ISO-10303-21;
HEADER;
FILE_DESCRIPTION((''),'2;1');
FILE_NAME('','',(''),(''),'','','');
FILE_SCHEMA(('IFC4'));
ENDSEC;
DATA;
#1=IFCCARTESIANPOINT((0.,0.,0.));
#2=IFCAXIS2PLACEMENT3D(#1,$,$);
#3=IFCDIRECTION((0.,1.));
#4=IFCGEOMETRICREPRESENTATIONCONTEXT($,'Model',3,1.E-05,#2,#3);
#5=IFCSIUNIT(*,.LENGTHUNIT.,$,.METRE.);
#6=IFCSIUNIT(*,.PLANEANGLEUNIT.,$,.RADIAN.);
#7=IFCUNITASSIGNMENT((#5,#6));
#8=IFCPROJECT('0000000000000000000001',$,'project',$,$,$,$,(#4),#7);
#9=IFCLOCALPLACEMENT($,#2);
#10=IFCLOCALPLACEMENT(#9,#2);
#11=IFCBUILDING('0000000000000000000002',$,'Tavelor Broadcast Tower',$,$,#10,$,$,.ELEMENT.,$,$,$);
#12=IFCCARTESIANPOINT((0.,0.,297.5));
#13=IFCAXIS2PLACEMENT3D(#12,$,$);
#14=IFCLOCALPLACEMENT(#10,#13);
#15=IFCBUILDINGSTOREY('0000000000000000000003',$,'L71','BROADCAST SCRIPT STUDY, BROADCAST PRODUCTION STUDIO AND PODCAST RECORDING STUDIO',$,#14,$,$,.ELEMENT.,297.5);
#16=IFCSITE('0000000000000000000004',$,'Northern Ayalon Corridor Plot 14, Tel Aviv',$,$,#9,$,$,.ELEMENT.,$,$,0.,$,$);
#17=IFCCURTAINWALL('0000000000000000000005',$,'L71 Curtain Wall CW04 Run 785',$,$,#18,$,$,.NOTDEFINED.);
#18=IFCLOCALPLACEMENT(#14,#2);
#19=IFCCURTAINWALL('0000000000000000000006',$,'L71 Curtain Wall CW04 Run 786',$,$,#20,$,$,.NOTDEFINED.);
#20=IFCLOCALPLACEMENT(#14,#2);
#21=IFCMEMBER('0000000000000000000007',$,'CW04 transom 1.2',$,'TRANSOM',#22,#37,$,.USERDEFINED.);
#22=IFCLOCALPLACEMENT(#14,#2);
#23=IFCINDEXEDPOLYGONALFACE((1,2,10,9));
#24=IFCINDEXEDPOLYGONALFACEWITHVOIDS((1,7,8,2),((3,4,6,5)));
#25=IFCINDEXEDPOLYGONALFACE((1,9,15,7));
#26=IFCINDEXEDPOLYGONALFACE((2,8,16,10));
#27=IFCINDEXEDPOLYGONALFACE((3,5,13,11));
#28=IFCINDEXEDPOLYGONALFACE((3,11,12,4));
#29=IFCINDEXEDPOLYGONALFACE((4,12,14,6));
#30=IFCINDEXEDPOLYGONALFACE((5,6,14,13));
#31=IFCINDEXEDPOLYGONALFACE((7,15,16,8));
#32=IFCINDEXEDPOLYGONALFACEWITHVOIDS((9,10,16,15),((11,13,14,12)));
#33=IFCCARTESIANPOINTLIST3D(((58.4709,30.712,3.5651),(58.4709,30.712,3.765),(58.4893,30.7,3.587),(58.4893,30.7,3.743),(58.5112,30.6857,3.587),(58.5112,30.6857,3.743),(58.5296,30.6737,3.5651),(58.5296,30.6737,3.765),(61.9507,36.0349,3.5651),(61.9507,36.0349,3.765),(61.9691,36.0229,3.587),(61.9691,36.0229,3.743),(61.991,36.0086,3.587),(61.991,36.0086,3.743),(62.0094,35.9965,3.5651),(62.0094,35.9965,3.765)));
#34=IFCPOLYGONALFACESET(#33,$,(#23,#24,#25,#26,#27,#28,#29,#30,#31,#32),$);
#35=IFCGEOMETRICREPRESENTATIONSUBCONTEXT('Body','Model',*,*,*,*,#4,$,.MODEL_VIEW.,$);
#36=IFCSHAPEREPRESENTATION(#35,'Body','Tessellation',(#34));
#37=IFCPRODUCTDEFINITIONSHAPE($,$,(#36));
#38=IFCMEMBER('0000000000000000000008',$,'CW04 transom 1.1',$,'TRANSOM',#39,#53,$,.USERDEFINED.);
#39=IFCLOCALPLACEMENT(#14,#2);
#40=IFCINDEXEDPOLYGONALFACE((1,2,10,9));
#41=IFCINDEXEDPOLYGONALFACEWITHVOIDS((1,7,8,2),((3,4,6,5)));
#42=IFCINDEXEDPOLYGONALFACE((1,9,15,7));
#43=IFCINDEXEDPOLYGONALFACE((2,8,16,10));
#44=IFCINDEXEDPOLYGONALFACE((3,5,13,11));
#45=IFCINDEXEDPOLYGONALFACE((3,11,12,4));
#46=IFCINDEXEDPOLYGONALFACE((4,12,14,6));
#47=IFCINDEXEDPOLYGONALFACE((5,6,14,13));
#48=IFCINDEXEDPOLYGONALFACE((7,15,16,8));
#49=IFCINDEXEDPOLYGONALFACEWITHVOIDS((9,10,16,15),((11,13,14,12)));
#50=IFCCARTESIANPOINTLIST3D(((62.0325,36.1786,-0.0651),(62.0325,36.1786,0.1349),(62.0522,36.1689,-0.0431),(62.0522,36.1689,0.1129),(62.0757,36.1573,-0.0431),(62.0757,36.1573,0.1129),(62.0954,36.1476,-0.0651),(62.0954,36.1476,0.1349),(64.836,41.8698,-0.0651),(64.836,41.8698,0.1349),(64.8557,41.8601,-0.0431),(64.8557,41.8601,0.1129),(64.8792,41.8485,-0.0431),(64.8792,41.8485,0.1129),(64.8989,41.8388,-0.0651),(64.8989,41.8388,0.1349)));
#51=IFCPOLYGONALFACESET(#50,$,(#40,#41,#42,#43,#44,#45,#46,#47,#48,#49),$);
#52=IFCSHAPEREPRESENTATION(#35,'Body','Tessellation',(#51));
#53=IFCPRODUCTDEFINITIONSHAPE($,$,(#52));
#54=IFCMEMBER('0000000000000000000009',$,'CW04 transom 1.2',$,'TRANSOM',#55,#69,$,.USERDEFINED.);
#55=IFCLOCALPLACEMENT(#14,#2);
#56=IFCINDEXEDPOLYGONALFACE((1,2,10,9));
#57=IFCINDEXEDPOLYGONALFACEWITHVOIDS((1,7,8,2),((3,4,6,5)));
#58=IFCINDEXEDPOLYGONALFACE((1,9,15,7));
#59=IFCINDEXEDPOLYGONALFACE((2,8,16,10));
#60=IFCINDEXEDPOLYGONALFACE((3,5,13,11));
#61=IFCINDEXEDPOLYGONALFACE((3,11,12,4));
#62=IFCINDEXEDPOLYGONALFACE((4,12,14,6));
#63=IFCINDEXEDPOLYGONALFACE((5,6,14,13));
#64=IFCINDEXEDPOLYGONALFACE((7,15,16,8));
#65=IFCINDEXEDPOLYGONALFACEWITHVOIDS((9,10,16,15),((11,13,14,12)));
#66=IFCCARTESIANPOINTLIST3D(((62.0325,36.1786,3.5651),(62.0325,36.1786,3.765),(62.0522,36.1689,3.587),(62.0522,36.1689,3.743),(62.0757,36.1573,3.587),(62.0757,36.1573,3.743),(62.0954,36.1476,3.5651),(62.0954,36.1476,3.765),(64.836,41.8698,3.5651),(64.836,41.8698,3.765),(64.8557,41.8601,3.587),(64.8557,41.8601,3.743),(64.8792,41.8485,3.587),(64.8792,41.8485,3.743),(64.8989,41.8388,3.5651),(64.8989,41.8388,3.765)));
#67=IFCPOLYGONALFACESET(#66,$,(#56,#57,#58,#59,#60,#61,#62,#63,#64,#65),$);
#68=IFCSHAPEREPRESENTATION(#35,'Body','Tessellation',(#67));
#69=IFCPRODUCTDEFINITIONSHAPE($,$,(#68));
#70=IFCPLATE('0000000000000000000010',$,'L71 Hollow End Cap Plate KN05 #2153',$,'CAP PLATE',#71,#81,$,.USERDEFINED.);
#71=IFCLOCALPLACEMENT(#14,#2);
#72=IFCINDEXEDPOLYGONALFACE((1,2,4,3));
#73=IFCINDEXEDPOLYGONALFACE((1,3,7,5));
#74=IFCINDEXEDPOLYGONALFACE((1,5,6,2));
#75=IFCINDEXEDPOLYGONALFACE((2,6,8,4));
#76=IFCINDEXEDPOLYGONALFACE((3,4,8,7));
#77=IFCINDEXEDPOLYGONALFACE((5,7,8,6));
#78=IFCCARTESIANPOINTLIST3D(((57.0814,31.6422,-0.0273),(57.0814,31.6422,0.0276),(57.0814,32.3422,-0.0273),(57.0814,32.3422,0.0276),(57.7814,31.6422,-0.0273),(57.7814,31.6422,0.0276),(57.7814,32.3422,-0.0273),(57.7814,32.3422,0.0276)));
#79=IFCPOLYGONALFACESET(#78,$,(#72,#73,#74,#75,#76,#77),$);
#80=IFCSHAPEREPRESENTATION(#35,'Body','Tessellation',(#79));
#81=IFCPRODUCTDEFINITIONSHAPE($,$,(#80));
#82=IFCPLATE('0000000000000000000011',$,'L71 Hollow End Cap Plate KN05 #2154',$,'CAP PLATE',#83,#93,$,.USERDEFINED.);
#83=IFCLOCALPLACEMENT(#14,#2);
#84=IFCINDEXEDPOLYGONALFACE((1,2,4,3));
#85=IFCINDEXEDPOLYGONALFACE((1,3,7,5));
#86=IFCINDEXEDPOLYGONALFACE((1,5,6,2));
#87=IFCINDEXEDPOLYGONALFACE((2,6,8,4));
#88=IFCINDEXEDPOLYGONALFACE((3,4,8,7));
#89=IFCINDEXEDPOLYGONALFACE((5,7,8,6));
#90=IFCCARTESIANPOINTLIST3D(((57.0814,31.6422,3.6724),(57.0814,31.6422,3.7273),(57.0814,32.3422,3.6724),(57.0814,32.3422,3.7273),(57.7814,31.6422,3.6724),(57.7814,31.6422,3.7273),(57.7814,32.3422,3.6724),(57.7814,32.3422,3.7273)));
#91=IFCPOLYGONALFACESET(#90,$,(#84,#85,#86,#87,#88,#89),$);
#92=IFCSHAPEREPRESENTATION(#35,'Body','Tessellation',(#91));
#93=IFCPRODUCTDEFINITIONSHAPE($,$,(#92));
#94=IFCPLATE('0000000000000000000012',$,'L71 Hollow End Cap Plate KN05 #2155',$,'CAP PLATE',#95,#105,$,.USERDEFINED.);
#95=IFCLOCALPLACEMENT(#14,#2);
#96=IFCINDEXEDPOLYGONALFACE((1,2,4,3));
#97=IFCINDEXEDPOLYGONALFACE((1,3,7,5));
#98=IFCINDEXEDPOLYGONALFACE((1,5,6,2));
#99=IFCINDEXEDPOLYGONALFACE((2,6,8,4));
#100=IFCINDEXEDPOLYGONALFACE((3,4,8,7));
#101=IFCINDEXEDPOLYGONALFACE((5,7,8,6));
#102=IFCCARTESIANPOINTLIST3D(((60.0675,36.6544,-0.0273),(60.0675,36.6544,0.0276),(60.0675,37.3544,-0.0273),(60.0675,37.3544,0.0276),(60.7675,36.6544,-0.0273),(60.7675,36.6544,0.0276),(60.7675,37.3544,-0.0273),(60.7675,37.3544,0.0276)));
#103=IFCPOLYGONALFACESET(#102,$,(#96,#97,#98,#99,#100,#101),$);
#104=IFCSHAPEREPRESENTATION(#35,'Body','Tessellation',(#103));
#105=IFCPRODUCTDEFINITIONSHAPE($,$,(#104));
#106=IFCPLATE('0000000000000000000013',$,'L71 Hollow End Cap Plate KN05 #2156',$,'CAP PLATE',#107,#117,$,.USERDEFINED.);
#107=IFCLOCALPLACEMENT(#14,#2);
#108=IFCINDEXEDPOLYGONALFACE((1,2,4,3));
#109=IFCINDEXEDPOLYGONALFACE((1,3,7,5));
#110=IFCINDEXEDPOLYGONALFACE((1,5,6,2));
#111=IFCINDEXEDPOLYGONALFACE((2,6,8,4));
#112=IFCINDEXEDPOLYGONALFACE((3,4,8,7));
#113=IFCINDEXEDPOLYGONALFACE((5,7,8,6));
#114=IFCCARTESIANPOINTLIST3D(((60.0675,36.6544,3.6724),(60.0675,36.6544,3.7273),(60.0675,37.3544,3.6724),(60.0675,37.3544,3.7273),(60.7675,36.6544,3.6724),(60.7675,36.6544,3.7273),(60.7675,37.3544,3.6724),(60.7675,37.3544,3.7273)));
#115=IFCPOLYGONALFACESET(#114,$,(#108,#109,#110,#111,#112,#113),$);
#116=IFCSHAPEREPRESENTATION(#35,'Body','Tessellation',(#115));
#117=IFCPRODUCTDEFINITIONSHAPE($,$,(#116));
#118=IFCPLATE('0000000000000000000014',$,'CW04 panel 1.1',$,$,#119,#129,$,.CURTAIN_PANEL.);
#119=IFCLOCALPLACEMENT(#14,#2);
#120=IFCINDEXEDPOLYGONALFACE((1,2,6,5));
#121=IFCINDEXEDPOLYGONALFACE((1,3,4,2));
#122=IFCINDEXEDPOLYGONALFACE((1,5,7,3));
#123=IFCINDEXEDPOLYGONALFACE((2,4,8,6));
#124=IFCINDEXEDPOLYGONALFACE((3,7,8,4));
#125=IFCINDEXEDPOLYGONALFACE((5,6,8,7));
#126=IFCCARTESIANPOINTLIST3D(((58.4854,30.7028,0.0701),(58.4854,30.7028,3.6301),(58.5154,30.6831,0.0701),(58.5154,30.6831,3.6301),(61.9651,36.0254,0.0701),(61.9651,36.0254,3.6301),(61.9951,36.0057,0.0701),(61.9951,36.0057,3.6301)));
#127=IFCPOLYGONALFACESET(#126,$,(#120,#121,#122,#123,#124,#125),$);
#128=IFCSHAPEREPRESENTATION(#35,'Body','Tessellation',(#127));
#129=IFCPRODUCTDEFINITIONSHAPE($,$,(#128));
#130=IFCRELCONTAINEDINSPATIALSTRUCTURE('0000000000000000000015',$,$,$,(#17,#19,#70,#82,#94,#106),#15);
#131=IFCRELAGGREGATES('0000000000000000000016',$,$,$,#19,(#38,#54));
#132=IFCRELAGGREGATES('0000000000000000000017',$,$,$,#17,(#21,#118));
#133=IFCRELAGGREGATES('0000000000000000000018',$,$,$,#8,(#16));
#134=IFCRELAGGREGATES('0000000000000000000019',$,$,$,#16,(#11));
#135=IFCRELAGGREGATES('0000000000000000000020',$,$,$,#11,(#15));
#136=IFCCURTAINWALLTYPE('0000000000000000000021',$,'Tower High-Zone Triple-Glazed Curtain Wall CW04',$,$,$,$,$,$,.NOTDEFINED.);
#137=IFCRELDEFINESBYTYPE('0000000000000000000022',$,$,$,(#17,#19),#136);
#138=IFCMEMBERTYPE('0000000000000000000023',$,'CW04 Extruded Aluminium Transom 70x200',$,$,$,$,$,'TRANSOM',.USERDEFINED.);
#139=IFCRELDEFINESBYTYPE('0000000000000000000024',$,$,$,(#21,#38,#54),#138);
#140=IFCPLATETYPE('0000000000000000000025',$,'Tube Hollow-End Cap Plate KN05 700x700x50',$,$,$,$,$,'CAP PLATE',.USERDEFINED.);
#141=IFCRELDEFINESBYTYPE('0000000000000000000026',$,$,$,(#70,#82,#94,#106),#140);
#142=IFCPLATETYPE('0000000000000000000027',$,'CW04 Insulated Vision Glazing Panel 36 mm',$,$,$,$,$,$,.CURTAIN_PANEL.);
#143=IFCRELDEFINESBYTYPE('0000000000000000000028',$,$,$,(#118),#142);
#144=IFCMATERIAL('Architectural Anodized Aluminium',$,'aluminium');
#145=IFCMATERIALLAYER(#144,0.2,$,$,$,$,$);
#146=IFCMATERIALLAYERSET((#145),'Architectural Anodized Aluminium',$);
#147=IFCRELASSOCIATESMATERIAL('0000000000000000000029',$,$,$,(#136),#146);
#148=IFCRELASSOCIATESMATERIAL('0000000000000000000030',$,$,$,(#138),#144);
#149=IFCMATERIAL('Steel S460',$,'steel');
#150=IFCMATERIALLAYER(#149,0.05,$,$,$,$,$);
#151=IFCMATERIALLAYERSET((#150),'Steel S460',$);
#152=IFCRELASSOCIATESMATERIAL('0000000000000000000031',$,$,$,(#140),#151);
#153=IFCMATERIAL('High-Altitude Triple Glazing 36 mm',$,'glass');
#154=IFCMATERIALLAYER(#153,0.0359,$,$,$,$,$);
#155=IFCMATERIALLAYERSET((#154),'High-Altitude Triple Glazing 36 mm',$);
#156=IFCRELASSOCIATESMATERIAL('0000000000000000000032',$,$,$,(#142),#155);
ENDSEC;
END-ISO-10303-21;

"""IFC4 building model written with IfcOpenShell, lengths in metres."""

from ifc_helpers import new_model, si_unit, direction, frame, origin, origin_2d, place, context, subcontext, project, spatial, rectangle, hollow_rectangle, extrude, source, transform, mapped, material, layer, layer_set, material_profile, profile_set, type_object, type_shapes, element, aggregate, save


model = new_model("IFC4")

# Units and contexts
model_context = context("Model", 3, precision=1e-05, world=origin(), true_north=direction((0.0, 1.0)))
body_context = subcontext(model_context, "Body", "Model", "MODEL_VIEW")
ifc_project = project(units=[si_unit("LENGTHUNIT", "METRE"), si_unit("PLANEANGLEUNIT", "RADIAN")], contexts=[model_context])

# Site, building, storey
site_placement = place(None, origin())
site = spatial("IfcSite", under=ifc_project, at=site_placement, Name="Northern Ayalon Corridor Plot 14, Tel Aviv", CompositionType="ELEMENT", RefElevation=0.0)
building_placement = place(site_placement, origin())
building = spatial("IfcBuilding", under=site, at=building_placement, Name="Tavelor Broadcast Tower", CompositionType="ELEMENT")
storey_placement = place(building_placement, frame((0.0, 0.0, 297.5)))
storey = spatial("IfcBuildingStorey", under=building, at=storey_placement, Name="L71", Description="BROADCAST SCRIPT STUDY, BROADCAST PRODUCTION STUDIO AND PODCAST RECORDING STUDIO", CompositionType="ELEMENT", Elevation=297.5)

# Shared definitions
ifc_material_1 = material(Name="Steel S460", Category="steel")

# Curtain wall
ifc_material_2 = material(Name="Architectural Anodized Aluminium", Category="aluminium")
ifc_layer_1 = layer(ifc_material_2, 0.2)
ifc_layer_set_1 = layer_set([ifc_layer_1], Name="Architectural Anodized Aluminium")
curtain_wall_type = type_object("IfcCurtainWallType", Name="Tower High-Zone Triple-Glazed Curtain Wall CW04", PredefinedType="NOTDEFINED", material=ifc_layer_set_1)
curtain_wall_1_placement = place(storey_placement, origin())
curtain_wall_1 = element("IfcCurtainWall", 1, at=curtain_wall_1_placement, inside=storey, type_object=curtain_wall_type, Name="L71 Curtain Wall CW04 Run 785", PredefinedType="NOTDEFINED")

# Curtain wall
curtain_wall_2_placement = place(storey_placement, origin())
curtain_wall_2 = element("IfcCurtainWall", 2, at=curtain_wall_2_placement, inside=storey, type_object=curtain_wall_type, Name="L71 Curtain Wall CW04 Run 786", PredefinedType="NOTDEFINED")

# Members
ifc_material_profile_1 = material_profile(ifc_material_2, hollow_rectangle(XDim=0.0701, YDim=0.2, WallThickness=0.022, at=origin_2d()), Name="RHS 70x200x22")
ifc_profile_set_1 = profile_set([ifc_material_profile_1], Name="Architectural Anodized Aluminium")
member_type_1 = type_object("IfcMemberType", Name="CW04 Extruded Aluminium Transom 70x200", ElementType="TRANSOM", PredefinedType="USERDEFINED", material=ifc_profile_set_1)
shared_shape_1 = source(origin(), body_context, "Body", "SweptSolid", [
    extrude(hollow_rectangle(XDim=0.0701, YDim=0.2, WallThickness=0.022, at=origin_2d()), origin(), (0.0, 0.0, 1.0), 6.3594),
])
member_1_placement = place(storey_placement, frame((58.5002, 30.6929, 3.665), z_axis=(0.547191, 0.837007, 0.0), x_axis=(-0.837007, 0.547191, 0.0)))
member_1 = element("IfcMember", 3, at=member_1_placement, type_object=member_type_1, Name="CW04 transom 1.2", ObjectType="TRANSOM", PredefinedType="USERDEFINED", context=body_context, shape_type="MappedRepresentation", body=[
    mapped(shared_shape_1, transform((0.0, 0.0, 0.0), scale=1.0)),
])
shared_shape_2 = source(origin(), body_context, "Body", "SweptSolid", [
    extrude(hollow_rectangle(XDim=0.0701, YDim=0.2, WallThickness=0.022, at=origin_2d()), origin(), (0.0, 0.0, 1.0), 6.3442),
])
type_shapes(member_type_1, [shared_shape_1, shared_shape_2])
member_2_placement = place(storey_placement, frame((62.064, 36.1631, 0.0349), z_axis=(0.441895, 0.897067, 0.0), x_axis=(-0.897067, 0.441895, 0.0)))
member_2 = element("IfcMember", 4, at=member_2_placement, type_object=member_type_1, Name="CW04 transom 1.1", ObjectType="TRANSOM", PredefinedType="USERDEFINED", context=body_context, shape_type="MappedRepresentation", body=[
    mapped(shared_shape_2, transform((0.0, 0.0, 0.0), scale=1.0)),
])
member_3_placement = place(storey_placement, frame((62.064, 36.1631, 3.665), z_axis=(0.441895, 0.897067, 0.0), x_axis=(-0.897067, 0.441895, 0.0)))
member_3 = element("IfcMember", 5, at=member_3_placement, type_object=member_type_1, Name="CW04 transom 1.2", ObjectType="TRANSOM", PredefinedType="USERDEFINED", context=body_context, shape_type="MappedRepresentation", body=[
    mapped(shared_shape_2, transform((0.0, 0.0, 0.0), scale=1.0)),
])
aggregate(curtain_wall_2, [member_2, member_3])

# Plates
ifc_layer_2 = layer(ifc_material_1, 0.05)
ifc_layer_set_2 = layer_set([ifc_layer_2], Name="Steel S460")
plate_type_1 = type_object("IfcPlateType", Name="Tube Hollow-End Cap Plate KN05 700x700x50", ElementType="CAP PLATE", PredefinedType="USERDEFINED", material=ifc_layer_set_2)
shared_shape_3 = source(origin(), body_context, "Body", "SweptSolid", [
    extrude(rectangle(XDim=0.7, YDim=0.7, at=origin_2d()), origin(), (0.0, 0.0, 1.0), 0.0549),
])
type_shapes(plate_type_1, [shared_shape_3])
for number, where, z_axis, x_axis, name in (
    (6, (57.4314, 31.9922, -0.0273), (0.0, 0.0, 1.0), (1.0, 0.0, 0.0), "L71 Hollow End Cap Plate KN05 #2153"),
    (7, (57.4314, 31.9922, 3.6724), (0.0, 0.0, 1.0), (1.0, 0.0, 0.0), "L71 Hollow End Cap Plate KN05 #2154"),
    (8, (60.4175, 37.0044, -0.0273), (0.0, 0.0, 1.0), (1.0, 0.0, 0.0), "L71 Hollow End Cap Plate KN05 #2155"),
    (9, (60.4175, 37.0044, 3.6724), (0.0, 0.0, 1.0), (1.0, 0.0, 0.0), "L71 Hollow End Cap Plate KN05 #2156"),
):
    element("IfcPlate", number, at=place(storey_placement, frame(where, z_axis=z_axis, x_axis=x_axis)), inside=storey, type_object=plate_type_1, Name=name, ObjectType="CAP PLATE", PredefinedType="USERDEFINED", context=body_context, shape_type="MappedRepresentation", body=[
        mapped(shared_shape_3, transform((0.0, 0.0, 0.0), scale=1.0)),
    ])

# Plate
ifc_material_3 = material(Name="High-Altitude Triple Glazing 36 mm", Category="glass")
ifc_layer_3 = layer(ifc_material_3, 0.0359)
ifc_layer_set_3 = layer_set([ifc_layer_3], Name="High-Altitude Triple Glazing 36 mm")
plate_type_2 = type_object("IfcPlateType", Name="CW04 Insulated Vision Glazing Panel 36 mm", PredefinedType="CURTAIN_PANEL", material=ifc_layer_set_3)
shared_shape_4 = source(origin(), body_context, "Body", "SweptSolid", [
    extrude(rectangle(XDim=6.3591, YDim=0.0359, at=origin_2d()), origin(), (0.0, 0.0, 1.0), 3.5601),
])
type_shapes(plate_type_2, [shared_shape_4])
plate_placement = place(storey_placement, frame((60.2402, 33.3542, 0.0701), z_axis=(0.0, 0.0, 1.0), x_axis=(0.547196, 0.837004, 0.0)))
plate = element("IfcPlate", 10, at=plate_placement, type_object=plate_type_2, Name="CW04 panel 1.1", PredefinedType="CURTAIN_PANEL", context=body_context, shape_type="MappedRepresentation", body=[
    mapped(shared_shape_4, transform((0.0, 0.0, 0.0), scale=1.0)),
])
aggregate(curtain_wall_1, [member_1, plate])

save(model, "model.ifc")
